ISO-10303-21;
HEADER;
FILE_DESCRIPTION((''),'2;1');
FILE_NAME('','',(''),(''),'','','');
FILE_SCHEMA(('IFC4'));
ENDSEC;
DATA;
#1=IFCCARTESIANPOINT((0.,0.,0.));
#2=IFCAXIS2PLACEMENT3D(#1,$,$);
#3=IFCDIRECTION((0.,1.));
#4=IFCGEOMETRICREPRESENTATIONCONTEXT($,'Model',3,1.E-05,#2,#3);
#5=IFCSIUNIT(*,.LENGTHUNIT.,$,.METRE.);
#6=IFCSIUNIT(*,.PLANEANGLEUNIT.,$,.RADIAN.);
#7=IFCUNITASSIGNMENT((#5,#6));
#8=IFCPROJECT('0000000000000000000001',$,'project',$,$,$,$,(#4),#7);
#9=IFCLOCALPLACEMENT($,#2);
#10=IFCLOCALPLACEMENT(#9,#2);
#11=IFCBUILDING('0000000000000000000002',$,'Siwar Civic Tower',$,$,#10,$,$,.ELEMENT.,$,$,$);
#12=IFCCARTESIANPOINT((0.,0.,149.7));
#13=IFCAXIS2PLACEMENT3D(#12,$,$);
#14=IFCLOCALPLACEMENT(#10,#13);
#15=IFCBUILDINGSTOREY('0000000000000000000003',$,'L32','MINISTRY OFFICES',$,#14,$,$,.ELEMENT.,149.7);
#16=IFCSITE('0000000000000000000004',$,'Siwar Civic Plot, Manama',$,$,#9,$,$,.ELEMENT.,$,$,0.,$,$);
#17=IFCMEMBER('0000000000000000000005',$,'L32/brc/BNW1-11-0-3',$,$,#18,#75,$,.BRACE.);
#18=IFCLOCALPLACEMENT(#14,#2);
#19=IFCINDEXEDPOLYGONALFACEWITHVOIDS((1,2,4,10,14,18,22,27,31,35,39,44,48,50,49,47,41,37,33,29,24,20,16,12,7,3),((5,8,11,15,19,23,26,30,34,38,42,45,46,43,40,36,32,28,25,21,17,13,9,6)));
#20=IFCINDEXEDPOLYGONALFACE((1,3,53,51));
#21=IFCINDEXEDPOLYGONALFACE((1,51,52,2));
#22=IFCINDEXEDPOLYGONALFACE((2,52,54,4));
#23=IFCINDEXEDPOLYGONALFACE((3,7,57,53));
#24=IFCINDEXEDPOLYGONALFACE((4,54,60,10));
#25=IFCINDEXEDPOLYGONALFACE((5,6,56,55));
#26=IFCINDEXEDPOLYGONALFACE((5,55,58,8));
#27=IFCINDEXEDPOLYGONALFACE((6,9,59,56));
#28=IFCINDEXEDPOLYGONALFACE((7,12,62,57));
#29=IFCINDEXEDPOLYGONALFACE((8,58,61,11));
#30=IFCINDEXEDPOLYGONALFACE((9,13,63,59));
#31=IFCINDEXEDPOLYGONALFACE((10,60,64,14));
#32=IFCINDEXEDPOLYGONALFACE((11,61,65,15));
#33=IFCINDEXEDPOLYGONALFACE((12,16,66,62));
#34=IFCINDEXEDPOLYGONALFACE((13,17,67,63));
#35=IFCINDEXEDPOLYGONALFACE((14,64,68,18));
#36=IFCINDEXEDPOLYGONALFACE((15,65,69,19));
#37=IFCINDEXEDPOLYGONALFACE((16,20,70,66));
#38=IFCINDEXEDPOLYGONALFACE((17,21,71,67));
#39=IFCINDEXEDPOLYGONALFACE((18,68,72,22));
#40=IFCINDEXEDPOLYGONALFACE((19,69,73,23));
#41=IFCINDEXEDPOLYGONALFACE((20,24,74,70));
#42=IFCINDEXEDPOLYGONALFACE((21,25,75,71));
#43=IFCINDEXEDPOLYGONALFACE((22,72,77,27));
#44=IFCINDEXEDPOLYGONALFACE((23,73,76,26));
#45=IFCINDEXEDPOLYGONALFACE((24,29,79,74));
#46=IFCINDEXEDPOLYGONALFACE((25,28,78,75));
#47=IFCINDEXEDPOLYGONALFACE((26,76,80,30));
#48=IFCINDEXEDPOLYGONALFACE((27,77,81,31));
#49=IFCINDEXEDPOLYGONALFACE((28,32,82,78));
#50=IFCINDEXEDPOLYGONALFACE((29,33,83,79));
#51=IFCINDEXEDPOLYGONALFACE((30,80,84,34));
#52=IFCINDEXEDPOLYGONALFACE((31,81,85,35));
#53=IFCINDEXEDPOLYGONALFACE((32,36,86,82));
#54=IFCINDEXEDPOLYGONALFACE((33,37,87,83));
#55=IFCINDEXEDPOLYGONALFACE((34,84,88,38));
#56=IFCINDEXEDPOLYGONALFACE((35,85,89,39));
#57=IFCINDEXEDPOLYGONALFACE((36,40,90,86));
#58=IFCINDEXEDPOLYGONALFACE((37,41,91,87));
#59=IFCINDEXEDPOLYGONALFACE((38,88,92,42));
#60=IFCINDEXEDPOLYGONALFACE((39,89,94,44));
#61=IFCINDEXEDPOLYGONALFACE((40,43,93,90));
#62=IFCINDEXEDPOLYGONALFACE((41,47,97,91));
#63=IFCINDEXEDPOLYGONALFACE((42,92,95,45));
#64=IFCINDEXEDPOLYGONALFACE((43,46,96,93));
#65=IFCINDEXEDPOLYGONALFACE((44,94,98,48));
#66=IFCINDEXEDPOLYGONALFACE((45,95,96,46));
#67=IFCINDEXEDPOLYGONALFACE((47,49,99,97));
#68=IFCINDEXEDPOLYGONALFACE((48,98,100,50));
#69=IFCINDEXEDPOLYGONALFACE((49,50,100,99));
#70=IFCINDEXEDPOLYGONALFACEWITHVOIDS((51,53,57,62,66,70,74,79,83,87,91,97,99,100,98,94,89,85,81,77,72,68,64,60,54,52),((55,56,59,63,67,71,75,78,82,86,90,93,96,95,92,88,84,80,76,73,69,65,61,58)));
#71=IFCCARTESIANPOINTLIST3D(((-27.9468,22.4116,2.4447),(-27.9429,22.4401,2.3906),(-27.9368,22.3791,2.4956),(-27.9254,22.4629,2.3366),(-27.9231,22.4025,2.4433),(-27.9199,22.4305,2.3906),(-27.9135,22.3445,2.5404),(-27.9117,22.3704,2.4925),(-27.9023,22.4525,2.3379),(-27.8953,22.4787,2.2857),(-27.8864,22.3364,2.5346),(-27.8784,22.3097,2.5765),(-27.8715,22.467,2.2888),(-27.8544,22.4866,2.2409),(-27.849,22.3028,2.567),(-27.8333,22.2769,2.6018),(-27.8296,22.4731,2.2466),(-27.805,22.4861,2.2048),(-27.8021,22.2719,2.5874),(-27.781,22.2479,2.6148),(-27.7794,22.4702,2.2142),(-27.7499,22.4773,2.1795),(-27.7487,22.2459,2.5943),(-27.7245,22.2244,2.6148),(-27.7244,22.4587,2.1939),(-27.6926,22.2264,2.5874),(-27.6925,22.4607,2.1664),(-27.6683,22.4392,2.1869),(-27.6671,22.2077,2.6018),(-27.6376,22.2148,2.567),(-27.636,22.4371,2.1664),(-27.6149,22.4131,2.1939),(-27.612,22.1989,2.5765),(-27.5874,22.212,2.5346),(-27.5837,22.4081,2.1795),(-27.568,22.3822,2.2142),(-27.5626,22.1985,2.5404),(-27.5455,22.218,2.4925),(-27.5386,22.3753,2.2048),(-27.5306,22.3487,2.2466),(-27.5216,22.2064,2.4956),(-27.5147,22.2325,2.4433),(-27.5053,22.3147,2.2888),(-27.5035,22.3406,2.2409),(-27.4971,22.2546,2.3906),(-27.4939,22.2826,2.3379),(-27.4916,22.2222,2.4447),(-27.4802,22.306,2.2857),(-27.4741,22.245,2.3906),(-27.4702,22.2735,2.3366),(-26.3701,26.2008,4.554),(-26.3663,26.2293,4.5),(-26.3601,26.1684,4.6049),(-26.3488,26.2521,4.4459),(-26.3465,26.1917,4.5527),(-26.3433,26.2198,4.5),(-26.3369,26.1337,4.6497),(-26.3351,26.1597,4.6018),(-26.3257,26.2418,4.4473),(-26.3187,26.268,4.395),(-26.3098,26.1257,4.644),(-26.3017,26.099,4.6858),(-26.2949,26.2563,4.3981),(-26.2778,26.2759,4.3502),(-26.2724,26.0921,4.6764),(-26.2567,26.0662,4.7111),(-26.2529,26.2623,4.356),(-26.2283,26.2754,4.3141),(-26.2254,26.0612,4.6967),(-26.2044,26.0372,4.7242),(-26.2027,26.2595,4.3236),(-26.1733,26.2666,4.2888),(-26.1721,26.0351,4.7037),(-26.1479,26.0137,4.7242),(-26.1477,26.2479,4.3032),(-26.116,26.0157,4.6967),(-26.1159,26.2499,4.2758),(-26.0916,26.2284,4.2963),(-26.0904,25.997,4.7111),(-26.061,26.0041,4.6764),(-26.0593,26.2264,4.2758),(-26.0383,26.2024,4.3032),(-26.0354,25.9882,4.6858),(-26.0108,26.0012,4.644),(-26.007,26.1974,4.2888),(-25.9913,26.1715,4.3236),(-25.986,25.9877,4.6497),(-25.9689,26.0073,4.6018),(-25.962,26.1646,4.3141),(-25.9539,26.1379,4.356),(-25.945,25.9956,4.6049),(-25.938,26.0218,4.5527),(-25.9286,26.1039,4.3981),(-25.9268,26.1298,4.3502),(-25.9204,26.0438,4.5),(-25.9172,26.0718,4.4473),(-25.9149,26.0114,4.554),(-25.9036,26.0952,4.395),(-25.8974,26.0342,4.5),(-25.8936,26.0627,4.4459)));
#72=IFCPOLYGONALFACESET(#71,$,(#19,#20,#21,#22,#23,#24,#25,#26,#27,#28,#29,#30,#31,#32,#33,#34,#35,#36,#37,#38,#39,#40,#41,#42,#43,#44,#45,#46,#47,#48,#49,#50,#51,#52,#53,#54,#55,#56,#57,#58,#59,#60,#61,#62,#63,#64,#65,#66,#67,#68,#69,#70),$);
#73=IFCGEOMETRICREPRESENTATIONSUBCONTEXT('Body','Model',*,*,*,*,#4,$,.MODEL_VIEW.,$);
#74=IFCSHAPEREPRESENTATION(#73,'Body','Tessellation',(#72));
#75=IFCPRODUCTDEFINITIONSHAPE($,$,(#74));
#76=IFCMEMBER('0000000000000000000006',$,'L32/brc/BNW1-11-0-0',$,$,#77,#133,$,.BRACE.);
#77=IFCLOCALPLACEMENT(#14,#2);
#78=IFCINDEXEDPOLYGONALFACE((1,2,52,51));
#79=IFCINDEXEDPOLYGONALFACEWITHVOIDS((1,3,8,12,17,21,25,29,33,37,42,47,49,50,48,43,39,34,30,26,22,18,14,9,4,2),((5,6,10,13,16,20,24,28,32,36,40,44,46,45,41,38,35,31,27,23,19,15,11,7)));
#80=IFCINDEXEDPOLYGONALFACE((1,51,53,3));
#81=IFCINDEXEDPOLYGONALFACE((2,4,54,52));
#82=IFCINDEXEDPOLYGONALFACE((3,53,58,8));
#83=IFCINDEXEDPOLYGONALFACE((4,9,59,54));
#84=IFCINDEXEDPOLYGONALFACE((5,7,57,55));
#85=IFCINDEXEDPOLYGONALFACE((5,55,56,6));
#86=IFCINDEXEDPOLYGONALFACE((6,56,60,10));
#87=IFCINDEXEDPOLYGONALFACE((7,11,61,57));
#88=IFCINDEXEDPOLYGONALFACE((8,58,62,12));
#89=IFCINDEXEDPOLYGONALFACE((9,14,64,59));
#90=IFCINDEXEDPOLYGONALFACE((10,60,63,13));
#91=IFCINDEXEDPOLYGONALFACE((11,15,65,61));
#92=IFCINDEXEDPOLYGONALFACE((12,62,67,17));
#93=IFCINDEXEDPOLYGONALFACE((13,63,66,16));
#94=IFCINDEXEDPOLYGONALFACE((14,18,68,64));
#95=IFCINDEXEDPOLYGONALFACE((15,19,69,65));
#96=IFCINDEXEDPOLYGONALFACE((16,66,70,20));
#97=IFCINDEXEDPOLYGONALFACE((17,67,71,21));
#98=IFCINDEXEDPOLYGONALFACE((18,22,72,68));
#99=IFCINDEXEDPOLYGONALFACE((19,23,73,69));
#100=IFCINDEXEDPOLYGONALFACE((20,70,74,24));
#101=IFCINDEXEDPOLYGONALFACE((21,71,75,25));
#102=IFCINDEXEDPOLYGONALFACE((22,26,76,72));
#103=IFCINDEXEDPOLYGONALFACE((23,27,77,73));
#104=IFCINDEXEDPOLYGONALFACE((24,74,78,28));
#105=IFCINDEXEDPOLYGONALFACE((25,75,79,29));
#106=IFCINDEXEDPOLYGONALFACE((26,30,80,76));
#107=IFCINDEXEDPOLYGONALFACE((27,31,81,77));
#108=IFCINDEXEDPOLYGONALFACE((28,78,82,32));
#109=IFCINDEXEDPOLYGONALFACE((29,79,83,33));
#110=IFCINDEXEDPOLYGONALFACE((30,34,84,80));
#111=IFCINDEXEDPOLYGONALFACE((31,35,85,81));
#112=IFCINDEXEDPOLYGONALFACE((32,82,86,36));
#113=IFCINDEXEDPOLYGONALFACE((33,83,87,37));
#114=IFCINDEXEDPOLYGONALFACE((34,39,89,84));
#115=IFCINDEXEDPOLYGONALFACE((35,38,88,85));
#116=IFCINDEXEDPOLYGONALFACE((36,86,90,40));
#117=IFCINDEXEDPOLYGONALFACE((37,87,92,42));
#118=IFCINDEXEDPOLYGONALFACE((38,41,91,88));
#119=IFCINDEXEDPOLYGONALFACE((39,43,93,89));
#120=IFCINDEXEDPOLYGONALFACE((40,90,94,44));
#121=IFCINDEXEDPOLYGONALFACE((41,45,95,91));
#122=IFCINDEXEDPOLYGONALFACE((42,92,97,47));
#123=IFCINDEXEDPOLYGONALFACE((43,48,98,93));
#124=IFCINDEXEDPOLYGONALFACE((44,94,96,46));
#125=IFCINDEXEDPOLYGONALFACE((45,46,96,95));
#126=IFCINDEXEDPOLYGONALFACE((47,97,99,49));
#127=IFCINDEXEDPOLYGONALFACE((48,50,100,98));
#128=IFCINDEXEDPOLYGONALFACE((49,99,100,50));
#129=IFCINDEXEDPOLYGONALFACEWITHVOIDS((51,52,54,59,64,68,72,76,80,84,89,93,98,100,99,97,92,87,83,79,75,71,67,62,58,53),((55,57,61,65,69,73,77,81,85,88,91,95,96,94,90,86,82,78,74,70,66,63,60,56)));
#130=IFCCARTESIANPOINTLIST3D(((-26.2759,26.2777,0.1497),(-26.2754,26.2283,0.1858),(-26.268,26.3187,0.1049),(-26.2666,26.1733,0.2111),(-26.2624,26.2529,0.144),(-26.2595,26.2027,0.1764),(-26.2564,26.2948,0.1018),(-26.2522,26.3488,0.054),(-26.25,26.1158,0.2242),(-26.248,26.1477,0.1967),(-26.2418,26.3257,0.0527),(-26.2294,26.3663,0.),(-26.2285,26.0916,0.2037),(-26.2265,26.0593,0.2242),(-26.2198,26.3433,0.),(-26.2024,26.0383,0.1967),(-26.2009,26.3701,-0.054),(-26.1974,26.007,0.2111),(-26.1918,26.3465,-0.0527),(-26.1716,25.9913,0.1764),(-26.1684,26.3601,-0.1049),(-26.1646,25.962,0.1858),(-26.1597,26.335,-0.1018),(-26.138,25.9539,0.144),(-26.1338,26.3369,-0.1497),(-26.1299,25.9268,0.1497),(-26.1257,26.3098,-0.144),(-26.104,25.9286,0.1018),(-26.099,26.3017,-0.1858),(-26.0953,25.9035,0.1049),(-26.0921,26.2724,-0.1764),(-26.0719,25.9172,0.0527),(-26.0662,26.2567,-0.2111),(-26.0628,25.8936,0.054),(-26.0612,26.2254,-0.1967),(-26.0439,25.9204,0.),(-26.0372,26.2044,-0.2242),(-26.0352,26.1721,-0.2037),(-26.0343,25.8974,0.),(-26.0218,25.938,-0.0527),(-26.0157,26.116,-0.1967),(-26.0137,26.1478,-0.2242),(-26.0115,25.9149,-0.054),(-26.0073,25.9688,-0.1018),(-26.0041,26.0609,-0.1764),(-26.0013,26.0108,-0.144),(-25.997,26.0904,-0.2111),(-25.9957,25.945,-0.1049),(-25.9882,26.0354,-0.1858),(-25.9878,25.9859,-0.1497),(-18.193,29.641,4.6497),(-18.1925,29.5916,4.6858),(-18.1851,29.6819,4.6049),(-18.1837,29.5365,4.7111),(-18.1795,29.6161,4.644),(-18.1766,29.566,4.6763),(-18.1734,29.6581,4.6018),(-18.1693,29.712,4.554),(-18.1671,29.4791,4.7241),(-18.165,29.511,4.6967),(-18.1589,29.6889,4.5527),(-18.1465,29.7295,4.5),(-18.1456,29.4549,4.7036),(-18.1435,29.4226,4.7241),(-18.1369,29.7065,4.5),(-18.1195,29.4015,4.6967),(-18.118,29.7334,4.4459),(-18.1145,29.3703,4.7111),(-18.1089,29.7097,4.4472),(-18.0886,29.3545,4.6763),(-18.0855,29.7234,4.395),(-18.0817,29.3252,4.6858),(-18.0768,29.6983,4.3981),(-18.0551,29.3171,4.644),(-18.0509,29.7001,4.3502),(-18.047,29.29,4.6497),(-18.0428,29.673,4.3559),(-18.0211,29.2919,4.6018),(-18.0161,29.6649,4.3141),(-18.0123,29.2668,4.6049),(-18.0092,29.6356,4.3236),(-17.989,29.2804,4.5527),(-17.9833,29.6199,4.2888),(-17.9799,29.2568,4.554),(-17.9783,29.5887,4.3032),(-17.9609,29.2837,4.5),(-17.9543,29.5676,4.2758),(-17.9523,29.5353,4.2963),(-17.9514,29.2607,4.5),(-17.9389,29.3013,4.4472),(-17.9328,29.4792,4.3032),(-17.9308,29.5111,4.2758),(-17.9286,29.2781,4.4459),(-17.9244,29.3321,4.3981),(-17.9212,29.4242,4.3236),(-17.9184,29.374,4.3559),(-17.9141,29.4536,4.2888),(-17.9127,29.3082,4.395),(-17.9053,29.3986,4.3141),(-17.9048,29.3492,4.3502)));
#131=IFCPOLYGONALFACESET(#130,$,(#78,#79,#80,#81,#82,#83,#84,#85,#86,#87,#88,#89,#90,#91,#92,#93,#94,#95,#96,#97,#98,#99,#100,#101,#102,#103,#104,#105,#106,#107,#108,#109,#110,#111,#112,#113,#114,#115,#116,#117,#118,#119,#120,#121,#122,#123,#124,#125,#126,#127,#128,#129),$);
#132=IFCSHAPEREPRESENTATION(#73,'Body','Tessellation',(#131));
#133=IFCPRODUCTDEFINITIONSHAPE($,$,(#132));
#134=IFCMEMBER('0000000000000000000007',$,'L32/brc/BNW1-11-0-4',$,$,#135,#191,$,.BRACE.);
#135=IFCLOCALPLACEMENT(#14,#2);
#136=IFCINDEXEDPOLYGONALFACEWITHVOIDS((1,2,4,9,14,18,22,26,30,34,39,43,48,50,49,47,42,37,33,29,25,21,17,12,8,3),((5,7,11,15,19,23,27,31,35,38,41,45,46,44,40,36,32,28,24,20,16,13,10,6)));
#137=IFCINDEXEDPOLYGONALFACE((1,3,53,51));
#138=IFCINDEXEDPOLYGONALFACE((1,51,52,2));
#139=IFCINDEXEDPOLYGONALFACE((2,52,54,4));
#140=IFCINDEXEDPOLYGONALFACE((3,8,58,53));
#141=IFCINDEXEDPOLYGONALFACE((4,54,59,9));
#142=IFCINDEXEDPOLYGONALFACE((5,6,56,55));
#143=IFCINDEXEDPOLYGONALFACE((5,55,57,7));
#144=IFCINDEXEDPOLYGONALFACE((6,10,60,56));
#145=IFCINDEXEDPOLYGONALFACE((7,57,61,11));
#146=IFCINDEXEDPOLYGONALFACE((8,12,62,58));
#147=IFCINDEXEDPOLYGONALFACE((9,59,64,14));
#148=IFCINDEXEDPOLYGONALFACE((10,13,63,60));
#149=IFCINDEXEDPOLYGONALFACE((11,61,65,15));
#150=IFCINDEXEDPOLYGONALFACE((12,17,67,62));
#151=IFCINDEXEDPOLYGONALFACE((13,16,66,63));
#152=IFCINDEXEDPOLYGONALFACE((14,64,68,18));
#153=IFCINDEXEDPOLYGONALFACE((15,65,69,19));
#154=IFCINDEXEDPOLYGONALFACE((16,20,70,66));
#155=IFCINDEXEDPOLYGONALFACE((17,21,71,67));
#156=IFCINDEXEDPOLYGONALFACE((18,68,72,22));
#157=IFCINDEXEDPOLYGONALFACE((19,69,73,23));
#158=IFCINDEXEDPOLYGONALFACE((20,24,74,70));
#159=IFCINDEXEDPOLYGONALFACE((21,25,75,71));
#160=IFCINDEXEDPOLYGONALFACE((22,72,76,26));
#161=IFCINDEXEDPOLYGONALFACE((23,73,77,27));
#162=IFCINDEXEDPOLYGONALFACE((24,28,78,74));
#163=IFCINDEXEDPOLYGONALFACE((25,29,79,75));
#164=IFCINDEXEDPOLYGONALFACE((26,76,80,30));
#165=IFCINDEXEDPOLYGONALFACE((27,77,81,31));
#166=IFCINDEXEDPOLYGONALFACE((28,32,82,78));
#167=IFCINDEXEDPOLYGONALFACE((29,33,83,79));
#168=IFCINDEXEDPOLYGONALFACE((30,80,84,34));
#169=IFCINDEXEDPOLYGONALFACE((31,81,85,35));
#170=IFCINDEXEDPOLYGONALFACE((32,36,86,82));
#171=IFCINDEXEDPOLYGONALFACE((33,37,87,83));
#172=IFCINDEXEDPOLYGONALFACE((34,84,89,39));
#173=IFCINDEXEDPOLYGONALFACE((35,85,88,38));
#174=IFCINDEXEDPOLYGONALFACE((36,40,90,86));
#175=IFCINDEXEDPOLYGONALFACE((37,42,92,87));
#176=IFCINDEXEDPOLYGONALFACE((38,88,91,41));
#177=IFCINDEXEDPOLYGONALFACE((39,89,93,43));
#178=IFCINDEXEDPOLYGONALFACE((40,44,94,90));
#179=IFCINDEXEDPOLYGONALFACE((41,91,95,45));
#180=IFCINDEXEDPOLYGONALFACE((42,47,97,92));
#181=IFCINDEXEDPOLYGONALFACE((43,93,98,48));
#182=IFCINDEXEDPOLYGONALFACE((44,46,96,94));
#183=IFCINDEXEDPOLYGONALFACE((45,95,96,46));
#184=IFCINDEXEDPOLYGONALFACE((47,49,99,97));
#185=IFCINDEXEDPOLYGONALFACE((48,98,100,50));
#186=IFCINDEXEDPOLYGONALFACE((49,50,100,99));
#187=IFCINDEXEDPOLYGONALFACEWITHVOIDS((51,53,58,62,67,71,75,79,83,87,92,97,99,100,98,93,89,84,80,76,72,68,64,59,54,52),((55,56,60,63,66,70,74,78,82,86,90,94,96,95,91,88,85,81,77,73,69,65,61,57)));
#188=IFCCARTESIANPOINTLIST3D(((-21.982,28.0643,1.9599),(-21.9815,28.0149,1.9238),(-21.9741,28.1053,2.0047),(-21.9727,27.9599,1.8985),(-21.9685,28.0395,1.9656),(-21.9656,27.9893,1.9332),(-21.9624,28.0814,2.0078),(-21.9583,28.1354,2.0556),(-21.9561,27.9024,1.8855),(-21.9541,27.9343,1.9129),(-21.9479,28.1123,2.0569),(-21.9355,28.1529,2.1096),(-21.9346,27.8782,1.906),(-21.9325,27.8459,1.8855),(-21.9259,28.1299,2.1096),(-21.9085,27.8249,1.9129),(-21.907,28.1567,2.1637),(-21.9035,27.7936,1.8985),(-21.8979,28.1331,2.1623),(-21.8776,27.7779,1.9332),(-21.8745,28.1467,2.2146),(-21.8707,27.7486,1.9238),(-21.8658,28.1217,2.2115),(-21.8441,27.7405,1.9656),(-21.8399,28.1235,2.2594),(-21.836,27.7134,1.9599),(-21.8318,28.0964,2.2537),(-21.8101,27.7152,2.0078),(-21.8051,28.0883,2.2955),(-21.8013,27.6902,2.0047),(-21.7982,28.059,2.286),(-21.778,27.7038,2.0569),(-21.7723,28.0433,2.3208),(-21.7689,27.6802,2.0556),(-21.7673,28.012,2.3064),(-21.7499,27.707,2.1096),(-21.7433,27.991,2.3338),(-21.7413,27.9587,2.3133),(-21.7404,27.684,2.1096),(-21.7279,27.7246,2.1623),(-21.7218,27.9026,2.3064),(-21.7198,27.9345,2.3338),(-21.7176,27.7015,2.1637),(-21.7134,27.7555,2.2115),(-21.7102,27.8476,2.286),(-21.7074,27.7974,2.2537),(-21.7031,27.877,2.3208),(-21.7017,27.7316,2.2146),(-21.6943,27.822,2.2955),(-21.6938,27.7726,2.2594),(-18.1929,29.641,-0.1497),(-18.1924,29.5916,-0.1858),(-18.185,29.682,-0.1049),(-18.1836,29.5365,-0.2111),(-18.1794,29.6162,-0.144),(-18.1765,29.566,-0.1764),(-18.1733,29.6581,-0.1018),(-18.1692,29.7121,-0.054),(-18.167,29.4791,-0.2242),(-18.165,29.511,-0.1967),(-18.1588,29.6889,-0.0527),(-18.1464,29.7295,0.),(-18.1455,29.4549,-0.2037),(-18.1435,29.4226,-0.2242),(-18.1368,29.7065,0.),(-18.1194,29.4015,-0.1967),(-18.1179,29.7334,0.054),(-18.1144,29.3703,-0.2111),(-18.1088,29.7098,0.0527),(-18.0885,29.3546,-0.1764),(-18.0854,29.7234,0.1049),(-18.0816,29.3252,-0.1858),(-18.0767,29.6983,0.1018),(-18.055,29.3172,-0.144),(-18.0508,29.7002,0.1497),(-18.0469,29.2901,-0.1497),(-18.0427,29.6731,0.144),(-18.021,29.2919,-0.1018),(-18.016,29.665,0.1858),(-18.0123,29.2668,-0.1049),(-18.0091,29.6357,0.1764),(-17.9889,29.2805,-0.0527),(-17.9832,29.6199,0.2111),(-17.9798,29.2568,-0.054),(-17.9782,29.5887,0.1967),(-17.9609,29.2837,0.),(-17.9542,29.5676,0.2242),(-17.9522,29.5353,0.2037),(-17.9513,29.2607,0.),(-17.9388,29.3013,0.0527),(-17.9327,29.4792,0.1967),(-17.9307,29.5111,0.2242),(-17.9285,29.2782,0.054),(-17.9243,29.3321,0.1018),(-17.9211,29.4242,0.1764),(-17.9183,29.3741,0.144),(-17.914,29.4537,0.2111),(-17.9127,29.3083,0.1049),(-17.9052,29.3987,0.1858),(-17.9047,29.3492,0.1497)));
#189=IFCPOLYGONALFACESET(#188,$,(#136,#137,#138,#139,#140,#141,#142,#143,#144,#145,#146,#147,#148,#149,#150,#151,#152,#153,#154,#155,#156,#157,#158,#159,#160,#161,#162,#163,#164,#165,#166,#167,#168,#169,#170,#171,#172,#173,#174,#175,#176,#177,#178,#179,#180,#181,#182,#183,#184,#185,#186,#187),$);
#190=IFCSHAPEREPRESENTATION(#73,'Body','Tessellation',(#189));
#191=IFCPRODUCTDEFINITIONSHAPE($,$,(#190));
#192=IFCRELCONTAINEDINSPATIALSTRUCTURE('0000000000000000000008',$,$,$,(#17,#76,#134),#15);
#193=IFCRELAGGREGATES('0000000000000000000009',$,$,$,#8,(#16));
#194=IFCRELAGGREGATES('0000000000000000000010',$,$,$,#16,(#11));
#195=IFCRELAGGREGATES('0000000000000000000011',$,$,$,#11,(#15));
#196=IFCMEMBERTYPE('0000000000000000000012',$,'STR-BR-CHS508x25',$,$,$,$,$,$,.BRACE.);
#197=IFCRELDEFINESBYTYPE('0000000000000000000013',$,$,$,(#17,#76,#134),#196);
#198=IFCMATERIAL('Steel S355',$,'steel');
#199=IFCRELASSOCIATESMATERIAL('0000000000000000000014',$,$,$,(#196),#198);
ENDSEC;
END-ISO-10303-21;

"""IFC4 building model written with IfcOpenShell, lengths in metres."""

from ifc_helpers import new_model, si_unit, direction, frame, origin, origin_2d, place, context, subcontext, project, spatial, hollow_circle, extrude, material, material_profile, profile_set, type_object, element, save


model = new_model("IFC4")

# Units and contexts
model_context = context("Model", 3, precision=1e-05, world=origin(), true_north=direction((0.0, 1.0)))
body_context = subcontext(model_context, "Body", "Model", "MODEL_VIEW")
ifc_project = project(units=[si_unit("LENGTHUNIT", "METRE"), si_unit("PLANEANGLEUNIT", "RADIAN")], contexts=[model_context])

# Site, building, storey
site_placement = place(None, origin())
site = spatial("IfcSite", under=ifc_project, at=site_placement, Name="Siwar Civic Plot, Manama", CompositionType="ELEMENT", RefElevation=0.0)
building_placement = place(site_placement, origin())
building = spatial("IfcBuilding", under=site, at=building_placement, Name="Siwar Civic Tower", CompositionType="ELEMENT")
storey_placement = place(building_placement, frame((0.0, 0.0, 149.7)))
storey = spatial("IfcBuildingStorey", under=building, at=storey_placement, Name="L32", Description="MINISTRY OFFICES", CompositionType="ELEMENT", Elevation=149.7)

# Members
ifc_material_1 = material(Name="Steel S355", Category="steel")
ifc_material_profile_1 = material_profile(ifc_material_1, hollow_circle(Radius=0.2539, WallThickness=0.0249, at=origin_2d()), Name="CHS508x25")
ifc_profile_set_1 = profile_set([ifc_material_profile_1], Name="Steel S355")
member_type_1 = type_object("IfcMemberType", Name="STR-BR-CHS508x25", PredefinedType="BRACE", material=ifc_profile_set_1)
member_1_placement = place(storey_placement, frame((-27.7085, 22.3425, 2.3906), z_axis=(0.341671, 0.821163, 0.457113), x_axis=(-0.923269, 0.384155, 0.0)))
element("IfcMember", 1, at=member_1_placement, inside=storey, type_object=member_type_1, Name="L32/brc/BNW1-11-0-3", PredefinedType="BRACE", context=body_context, shape_type="SweptSolid", body=[
    extrude(hollow_circle(Radius=0.2539, WallThickness=0.0249, at=origin_2d()), origin(), (0.0, 0.0, 1.0), 4.6145),
])
member_2_placement = place(storey_placement, frame((-26.1318, 26.1318, 0.0), z_axis=(0.821143, 0.341671, 0.457149), x_axis=(-0.384164, 0.923265, 0.0)))
element("IfcMember", 2, at=member_2_placement, inside=storey, type_object=member_type_1, Name="L32/brc/BNW1-11-0-0", PredefinedType="BRACE", context=body_context, shape_type="SweptSolid", body=[
    extrude(hollow_circle(Radius=0.2539, WallThickness=0.0249, at=origin_2d()), origin(), (0.0, 0.0, 1.0), 9.8435),
])
for number, where, z_axis, x_axis, name in (
    (3, (-18.0488, 29.4951, 0.0), (-0.821126, -0.341677, 0.457175), (0.384176, -0.92326, 0.0), "L32/brc/BNW1-11-0-4"),
):
    element("IfcMember", number, at=place(storey_placement, frame(where, z_axis=z_axis, x_axis=x_axis)), inside=storey, type_object=member_type_1, Name=name, PredefinedType="BRACE", context=body_context, shape_type="SweptSolid", body=[
        extrude(hollow_circle(Radius=0.2539, WallThickness=0.0249, at=origin_2d()), origin(), (0.0, 0.0, 1.0), 4.6145),
    ])

save(model, "model.ifc")
